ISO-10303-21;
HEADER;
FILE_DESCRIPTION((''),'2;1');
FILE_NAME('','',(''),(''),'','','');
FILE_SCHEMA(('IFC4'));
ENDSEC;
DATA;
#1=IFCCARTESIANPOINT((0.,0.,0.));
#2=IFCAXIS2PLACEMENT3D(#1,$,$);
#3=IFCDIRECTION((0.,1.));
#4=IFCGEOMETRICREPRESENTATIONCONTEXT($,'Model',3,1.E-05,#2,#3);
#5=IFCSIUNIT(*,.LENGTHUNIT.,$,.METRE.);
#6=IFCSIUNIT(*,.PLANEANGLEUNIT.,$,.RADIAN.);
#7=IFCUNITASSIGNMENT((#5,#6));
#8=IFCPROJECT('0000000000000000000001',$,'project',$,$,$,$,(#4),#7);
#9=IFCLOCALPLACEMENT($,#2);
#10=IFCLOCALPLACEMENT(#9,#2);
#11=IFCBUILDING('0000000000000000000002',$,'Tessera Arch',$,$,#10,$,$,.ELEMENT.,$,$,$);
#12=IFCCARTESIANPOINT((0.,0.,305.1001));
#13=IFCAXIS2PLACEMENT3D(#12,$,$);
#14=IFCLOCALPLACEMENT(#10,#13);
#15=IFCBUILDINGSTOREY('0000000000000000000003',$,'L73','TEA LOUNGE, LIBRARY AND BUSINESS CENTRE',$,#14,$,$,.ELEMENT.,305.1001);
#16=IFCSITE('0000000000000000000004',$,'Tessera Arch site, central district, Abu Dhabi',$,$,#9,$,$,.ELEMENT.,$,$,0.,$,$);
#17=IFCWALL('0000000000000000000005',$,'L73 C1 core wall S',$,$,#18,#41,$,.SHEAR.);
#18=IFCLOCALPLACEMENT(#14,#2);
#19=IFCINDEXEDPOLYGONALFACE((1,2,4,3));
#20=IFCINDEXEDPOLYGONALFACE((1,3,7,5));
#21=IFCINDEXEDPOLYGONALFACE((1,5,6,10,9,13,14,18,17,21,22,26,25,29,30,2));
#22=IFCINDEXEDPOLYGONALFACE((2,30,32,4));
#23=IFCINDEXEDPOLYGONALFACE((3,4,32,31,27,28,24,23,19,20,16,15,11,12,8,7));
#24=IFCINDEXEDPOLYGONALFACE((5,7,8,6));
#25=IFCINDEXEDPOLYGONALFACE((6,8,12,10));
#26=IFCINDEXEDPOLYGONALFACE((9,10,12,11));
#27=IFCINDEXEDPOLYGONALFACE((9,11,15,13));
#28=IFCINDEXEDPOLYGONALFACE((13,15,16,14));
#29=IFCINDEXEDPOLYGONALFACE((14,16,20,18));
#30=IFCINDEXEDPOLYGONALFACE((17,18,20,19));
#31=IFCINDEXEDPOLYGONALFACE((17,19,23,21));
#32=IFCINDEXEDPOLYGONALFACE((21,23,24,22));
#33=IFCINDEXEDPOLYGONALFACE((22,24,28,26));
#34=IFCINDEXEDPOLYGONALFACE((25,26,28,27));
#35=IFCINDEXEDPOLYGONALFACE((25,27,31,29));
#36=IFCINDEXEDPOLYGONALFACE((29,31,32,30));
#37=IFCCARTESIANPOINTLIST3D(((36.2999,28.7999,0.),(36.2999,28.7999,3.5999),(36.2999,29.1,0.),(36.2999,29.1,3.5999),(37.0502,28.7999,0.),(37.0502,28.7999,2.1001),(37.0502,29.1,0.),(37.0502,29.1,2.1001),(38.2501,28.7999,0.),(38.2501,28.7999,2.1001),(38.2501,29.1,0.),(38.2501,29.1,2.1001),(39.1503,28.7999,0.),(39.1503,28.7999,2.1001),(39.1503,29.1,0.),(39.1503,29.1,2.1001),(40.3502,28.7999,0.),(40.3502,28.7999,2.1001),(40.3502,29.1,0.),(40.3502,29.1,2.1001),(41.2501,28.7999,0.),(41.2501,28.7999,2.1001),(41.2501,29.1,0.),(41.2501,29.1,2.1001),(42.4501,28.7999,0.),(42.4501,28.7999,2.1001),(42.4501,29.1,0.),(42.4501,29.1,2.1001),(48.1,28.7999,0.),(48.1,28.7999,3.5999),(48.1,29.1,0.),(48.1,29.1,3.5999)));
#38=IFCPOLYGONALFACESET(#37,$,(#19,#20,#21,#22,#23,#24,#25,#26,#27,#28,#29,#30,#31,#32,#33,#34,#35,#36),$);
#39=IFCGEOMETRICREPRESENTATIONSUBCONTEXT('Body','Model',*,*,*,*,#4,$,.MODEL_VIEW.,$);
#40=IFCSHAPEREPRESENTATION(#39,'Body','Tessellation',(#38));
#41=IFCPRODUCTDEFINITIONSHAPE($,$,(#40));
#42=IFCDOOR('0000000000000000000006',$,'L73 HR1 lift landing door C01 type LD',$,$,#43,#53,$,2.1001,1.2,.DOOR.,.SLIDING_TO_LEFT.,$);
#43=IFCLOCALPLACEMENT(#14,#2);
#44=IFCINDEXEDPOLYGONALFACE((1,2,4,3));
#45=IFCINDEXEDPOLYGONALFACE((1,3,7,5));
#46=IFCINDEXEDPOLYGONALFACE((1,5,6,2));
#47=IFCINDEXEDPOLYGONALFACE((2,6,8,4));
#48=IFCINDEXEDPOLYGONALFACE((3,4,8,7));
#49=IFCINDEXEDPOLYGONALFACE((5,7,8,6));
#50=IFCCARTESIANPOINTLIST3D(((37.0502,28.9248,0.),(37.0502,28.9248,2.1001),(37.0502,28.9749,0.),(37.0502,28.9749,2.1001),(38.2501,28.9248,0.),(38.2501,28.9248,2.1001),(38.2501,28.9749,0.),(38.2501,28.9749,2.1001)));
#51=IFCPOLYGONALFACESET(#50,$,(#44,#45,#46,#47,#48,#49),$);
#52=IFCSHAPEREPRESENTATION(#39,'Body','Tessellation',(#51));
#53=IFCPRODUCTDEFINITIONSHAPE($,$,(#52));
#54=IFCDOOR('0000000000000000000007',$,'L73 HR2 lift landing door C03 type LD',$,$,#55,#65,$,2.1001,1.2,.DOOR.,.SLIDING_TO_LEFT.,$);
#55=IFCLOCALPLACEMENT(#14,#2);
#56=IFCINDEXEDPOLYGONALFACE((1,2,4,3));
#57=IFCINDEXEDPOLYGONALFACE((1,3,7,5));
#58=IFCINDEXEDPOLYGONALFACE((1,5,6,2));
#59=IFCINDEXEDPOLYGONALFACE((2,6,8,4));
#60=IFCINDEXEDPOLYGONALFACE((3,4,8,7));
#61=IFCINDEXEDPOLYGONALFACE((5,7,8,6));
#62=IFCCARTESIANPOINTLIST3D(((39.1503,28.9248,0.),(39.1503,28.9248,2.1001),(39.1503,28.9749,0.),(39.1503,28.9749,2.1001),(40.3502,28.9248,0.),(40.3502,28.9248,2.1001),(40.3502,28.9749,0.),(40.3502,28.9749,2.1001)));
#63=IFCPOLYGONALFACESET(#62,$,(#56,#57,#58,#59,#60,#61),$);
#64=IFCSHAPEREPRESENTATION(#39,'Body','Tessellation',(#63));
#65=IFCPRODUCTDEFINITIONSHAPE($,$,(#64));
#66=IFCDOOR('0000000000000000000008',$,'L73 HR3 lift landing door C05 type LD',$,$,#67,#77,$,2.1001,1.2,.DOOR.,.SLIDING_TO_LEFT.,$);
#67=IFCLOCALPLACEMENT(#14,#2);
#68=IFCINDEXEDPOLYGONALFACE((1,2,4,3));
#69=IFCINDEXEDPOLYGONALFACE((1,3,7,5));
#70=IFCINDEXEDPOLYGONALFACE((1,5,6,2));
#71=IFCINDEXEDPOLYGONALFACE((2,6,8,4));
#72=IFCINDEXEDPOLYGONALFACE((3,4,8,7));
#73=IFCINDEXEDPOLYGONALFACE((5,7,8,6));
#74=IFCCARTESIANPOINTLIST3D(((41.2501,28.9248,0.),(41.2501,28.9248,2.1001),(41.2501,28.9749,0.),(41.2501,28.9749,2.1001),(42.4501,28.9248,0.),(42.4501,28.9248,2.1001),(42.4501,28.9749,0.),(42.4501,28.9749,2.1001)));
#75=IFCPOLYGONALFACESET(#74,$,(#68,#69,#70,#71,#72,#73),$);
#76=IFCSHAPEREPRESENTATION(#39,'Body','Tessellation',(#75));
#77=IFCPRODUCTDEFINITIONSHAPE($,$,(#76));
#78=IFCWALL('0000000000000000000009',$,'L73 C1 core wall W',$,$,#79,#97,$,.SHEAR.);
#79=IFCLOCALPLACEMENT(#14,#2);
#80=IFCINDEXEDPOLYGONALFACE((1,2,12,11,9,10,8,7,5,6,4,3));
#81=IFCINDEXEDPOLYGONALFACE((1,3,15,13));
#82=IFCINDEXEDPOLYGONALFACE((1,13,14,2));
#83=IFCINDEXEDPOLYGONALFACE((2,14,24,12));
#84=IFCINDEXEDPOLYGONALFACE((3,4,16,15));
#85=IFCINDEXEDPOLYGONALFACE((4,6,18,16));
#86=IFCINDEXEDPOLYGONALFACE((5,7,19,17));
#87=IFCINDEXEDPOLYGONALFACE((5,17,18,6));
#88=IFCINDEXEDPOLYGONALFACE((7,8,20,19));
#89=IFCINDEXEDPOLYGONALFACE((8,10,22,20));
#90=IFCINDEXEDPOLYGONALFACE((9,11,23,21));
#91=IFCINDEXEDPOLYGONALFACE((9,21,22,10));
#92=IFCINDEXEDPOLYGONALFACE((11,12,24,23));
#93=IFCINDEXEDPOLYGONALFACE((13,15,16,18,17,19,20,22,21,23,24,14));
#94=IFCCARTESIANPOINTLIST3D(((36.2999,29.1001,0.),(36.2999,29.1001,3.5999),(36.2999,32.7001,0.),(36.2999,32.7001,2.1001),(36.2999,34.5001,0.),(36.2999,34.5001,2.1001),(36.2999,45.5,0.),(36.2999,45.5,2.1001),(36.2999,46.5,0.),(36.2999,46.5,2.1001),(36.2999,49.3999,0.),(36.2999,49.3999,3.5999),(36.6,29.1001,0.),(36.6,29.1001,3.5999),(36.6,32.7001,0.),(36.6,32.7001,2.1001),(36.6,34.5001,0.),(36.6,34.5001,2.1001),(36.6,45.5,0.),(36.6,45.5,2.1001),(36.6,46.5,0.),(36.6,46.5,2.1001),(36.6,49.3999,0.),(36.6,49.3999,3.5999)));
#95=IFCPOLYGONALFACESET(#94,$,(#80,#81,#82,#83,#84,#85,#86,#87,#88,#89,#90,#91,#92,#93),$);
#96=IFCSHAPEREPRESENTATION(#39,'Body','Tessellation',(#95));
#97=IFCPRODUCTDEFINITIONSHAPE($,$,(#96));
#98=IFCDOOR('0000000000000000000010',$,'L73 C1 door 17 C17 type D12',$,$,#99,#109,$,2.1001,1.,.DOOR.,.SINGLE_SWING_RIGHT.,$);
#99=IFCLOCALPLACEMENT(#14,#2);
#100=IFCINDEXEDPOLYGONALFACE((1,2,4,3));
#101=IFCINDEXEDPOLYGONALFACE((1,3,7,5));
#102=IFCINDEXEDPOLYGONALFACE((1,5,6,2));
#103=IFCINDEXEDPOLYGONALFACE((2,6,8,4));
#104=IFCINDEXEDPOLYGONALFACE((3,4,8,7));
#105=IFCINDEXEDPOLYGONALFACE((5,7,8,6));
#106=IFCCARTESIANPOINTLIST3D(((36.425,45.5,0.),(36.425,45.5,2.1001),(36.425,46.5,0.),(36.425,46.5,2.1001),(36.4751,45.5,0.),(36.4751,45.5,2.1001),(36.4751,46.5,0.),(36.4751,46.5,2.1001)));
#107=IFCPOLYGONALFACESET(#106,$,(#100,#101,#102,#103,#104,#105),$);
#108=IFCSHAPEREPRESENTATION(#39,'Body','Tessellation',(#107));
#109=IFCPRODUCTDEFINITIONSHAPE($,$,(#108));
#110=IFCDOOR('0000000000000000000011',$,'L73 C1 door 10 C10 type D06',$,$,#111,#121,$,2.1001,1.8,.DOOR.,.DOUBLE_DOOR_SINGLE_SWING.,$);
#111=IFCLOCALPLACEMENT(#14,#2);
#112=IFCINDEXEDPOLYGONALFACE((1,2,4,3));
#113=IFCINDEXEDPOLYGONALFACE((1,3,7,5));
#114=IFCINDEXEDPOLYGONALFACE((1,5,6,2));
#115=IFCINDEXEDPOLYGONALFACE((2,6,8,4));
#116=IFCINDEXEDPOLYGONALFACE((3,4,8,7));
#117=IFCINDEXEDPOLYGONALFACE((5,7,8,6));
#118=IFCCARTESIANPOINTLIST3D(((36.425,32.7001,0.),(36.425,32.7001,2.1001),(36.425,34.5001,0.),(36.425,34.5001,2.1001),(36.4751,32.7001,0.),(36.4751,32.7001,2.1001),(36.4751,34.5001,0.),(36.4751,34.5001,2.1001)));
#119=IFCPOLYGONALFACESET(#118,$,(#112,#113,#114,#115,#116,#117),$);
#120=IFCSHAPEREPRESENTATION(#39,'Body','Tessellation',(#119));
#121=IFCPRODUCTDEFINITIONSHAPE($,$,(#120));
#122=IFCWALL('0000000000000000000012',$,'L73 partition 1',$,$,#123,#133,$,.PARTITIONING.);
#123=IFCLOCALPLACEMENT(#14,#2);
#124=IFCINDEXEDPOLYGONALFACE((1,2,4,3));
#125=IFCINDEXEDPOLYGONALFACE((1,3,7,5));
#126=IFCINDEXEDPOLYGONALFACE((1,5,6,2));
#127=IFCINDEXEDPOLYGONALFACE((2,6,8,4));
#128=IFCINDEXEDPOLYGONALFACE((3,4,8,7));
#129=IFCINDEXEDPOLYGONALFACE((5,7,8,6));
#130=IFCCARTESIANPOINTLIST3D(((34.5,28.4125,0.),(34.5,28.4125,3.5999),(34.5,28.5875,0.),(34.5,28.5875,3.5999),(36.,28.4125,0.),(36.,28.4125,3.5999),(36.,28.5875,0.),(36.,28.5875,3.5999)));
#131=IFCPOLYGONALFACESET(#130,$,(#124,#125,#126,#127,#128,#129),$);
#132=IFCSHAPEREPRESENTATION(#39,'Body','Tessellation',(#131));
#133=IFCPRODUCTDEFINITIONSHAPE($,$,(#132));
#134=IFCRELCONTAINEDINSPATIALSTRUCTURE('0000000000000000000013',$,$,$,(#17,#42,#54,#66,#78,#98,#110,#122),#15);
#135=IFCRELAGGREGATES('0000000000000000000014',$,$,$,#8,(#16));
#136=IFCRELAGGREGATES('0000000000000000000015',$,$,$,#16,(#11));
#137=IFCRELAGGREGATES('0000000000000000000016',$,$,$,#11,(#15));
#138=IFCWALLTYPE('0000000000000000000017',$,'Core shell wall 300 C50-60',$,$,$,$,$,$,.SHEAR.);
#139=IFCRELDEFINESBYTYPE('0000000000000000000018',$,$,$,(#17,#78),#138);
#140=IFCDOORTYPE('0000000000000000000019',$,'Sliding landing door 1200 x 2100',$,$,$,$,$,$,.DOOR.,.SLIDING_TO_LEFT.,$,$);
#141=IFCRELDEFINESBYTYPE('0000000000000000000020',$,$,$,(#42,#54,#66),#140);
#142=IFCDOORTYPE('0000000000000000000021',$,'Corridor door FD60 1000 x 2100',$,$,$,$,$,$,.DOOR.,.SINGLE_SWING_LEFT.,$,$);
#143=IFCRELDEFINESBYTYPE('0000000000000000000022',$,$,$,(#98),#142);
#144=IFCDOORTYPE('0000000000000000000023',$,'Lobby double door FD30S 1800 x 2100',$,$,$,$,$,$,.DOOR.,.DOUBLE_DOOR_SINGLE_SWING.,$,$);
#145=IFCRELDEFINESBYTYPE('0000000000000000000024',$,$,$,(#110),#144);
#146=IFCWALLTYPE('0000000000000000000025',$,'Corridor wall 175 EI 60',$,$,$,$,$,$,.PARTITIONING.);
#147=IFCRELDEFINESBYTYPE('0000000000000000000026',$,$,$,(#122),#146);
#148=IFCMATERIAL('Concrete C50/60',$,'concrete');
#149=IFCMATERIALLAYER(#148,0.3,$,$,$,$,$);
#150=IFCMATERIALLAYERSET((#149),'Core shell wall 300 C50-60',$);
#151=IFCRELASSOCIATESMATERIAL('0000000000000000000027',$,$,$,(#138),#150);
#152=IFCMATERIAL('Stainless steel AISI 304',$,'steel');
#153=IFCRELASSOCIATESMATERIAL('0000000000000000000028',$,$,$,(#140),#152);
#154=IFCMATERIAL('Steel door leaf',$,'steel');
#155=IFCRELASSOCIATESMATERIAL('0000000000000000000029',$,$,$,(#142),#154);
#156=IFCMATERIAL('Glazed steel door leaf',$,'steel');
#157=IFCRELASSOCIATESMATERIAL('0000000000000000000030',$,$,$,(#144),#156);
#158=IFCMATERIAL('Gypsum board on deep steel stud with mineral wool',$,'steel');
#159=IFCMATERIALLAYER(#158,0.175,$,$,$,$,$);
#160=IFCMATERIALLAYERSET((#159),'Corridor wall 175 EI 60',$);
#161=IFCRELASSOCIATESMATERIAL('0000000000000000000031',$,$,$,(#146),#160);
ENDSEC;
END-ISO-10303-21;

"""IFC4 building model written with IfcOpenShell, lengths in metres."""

from ifc_helpers import new_model, si_unit, direction, frame, frame_2d, origin, place, context, subcontext, project, spatial, rectangle, extrude, material, layer, layer_set, type_object, element, fill, save


model = new_model("IFC4")

# Units and contexts
model_context = context("Model", 3, precision=1e-05, world=origin(), true_north=direction((0.0, 1.0)))
body_context = subcontext(model_context, "Body", "Model", "MODEL_VIEW")
ifc_project = project(units=[si_unit("LENGTHUNIT", "METRE"), si_unit("PLANEANGLEUNIT", "RADIAN")], contexts=[model_context])

# Site, building, storey
site_placement = place(None, origin())
site = spatial("IfcSite", under=ifc_project, at=site_placement, Name="Tessera Arch site, central district, Abu Dhabi", CompositionType="ELEMENT", RefElevation=0.0)
building_placement = place(site_placement, origin())
building = spatial("IfcBuilding", under=site, at=building_placement, Name="Tessera Arch", CompositionType="ELEMENT")
storey_placement = place(building_placement, frame((0.0, 0.0, 305.1001)))
storey = spatial("IfcBuildingStorey", under=building, at=storey_placement, Name="L73", Description="TEA LOUNGE, LIBRARY AND BUSINESS CENTRE", CompositionType="ELEMENT", Elevation=305.1001)

# Walls, openings, doors
ifc_material_1 = material(Name="Concrete C50/60", Category="concrete")
ifc_layer_1 = layer(ifc_material_1, 0.3)
ifc_layer_set_1 = layer_set([ifc_layer_1], Name="Core shell wall 300 C50-60")
wall_type_1 = type_object("IfcWallType", Name="Core shell wall 300 C50-60", PredefinedType="SHEAR", material=ifc_layer_set_1)
wall_1_placement = place(storey_placement, frame((36.3, 28.95, 0.0), z_axis=(0.0, 0.0, 1.0), x_axis=(1.0, 0.0, 0.0)))
wall_1 = element("IfcWall", 1, at=wall_1_placement, inside=storey, type_object=wall_type_1, Name="L73 C1 core wall S", PredefinedType="SHEAR", context=body_context, shape_type="SweptSolid", body=[
    extrude(rectangle(XDim=11.8, YDim=0.3, at=frame_2d((5.8999, 0.0))), origin(), (0.0, 0.0, 1.0), 3.5999),
])
opening_1_placement = place(wall_1_placement, frame((0.75, 0.0, 0.0)))
opening_1 = element("IfcOpeningElement", 2, at=opening_1_placement, cuts=wall_1, PredefinedType="OPENING", context=body_context, shape_type="SweptSolid", body=[
    extrude(rectangle(XDim=1.2, YDim=2.1001, at=frame_2d((0.6001, 1.05))), frame((0.0, 0.1599, 0.0), z_axis=(0.0, -1.0, 0.0), x_axis=(1.0, 0.0, 0.0)), (0.0, 0.0, 1.0), 0.3201),
])
opening_2_placement = place(wall_1_placement, frame((2.8501, 0.0, 0.0)))
opening_2 = element("IfcOpeningElement", 3, at=opening_2_placement, cuts=wall_1, PredefinedType="OPENING", context=body_context, shape_type="SweptSolid", body=[
    extrude(rectangle(XDim=1.2, YDim=2.1001, at=frame_2d((0.6001, 1.05))), frame((0.0, 0.1599, 0.0), z_axis=(0.0, -1.0, 0.0), x_axis=(1.0, 0.0, 0.0)), (0.0, 0.0, 1.0), 0.3201),
])
opening_3_placement = place(wall_1_placement, frame((4.95, 0.0, 0.0)))
opening_3 = element("IfcOpeningElement", 4, at=opening_3_placement, cuts=wall_1, PredefinedType="OPENING", context=body_context, shape_type="SweptSolid", body=[
    extrude(rectangle(XDim=1.2, YDim=2.1001, at=frame_2d((0.6001, 1.05))), frame((0.0, 0.1599, 0.0), z_axis=(0.0, -1.0, 0.0), x_axis=(1.0, 0.0, 0.0)), (0.0, 0.0, 1.0), 0.3201),
])
ifc_material_2 = material(Name="Stainless steel AISI 304", Category="steel")
door_type_1 = type_object("IfcDoorType", Name="Sliding landing door 1200 x 2100", OperationType="SLIDING_TO_LEFT", PredefinedType="DOOR", material=ifc_material_2)
door_1_placement = place(opening_1_placement, origin())
door_1 = element("IfcDoor", 5, at=door_1_placement, inside=storey, type_object=door_type_1, Name="L73 HR1 lift landing door C01 type LD", OperationType="SLIDING_TO_LEFT", OverallHeight=2.1001, OverallWidth=1.2, PredefinedType="DOOR", context=body_context, shape_type="SweptSolid", body=[
    extrude(rectangle(XDim=1.2, YDim=2.1001, at=frame_2d((0.6001, 1.05))), frame((0.0, 0.0249, 0.0), z_axis=(0.0, -1.0, 0.0), x_axis=(1.0, 0.0, 0.0)), (0.0, 0.0, 1.0), 0.05),
])
fill(opening_1, door_1)
door_2_placement = place(opening_2_placement, origin())
door_2 = element("IfcDoor", 6, at=door_2_placement, inside=storey, type_object=door_type_1, Name="L73 HR2 lift landing door C03 type LD", OperationType="SLIDING_TO_LEFT", OverallHeight=2.1001, OverallWidth=1.2, PredefinedType="DOOR", context=body_context, shape_type="SweptSolid", body=[
    extrude(rectangle(XDim=1.2, YDim=2.1001, at=frame_2d((0.6001, 1.05))), frame((0.0, 0.0249, 0.0), z_axis=(0.0, -1.0, 0.0), x_axis=(1.0, 0.0, 0.0)), (0.0, 0.0, 1.0), 0.05),
])
fill(opening_2, door_2)
door_3_placement = place(opening_3_placement, origin())
door_3 = element("IfcDoor", 7, at=door_3_placement, inside=storey, type_object=door_type_1, Name="L73 HR3 lift landing door C05 type LD", OperationType="SLIDING_TO_LEFT", OverallHeight=2.1001, OverallWidth=1.2, PredefinedType="DOOR", context=body_context, shape_type="SweptSolid", body=[
    extrude(rectangle(XDim=1.2, YDim=2.1001, at=frame_2d((0.6001, 1.05))), frame((0.0, 0.0249, 0.0), z_axis=(0.0, -1.0, 0.0), x_axis=(1.0, 0.0, 0.0)), (0.0, 0.0, 1.0), 0.05),
])
fill(opening_3, door_3)
wall_2_placement = place(storey_placement, frame((36.45, 29.1001, 0.0), z_axis=(0.0, 0.0, 1.0), x_axis=(0.0, 1.0, 0.0)))
wall_2 = element("IfcWall", 8, at=wall_2_placement, inside=storey, type_object=wall_type_1, Name="L73 C1 core wall W", PredefinedType="SHEAR", context=body_context, shape_type="SweptSolid", body=[
    extrude(rectangle(XDim=20.2998, YDim=0.3, at=frame_2d((10.1499, 0.0))), origin(), (0.0, 0.0, 1.0), 3.5999),
])
opening_4_placement = place(wall_2_placement, frame((3.6001, 0.0, 0.0)))
opening_4 = element("IfcOpeningElement", 9, at=opening_4_placement, cuts=wall_2, PredefinedType="OPENING", context=body_context, shape_type="SweptSolid", body=[
    extrude(rectangle(XDim=1.8, YDim=2.1001, at=frame_2d((0.8999, 1.05))), frame((0.0, 0.1599, 0.0), z_axis=(0.0, -1.0, 0.0), x_axis=(1.0, 0.0, 0.0)), (0.0, 0.0, 1.0), 0.3201),
])
opening_5_placement = place(wall_2_placement, frame((16.3999, 0.0, 0.0)))
opening_5 = element("IfcOpeningElement", 10, at=opening_5_placement, cuts=wall_2, PredefinedType="OPENING", context=body_context, shape_type="SweptSolid", body=[
    extrude(rectangle(XDim=1.0, YDim=2.1001, at=frame_2d((0.5, 1.05))), frame((0.0, 0.1599, 0.0), z_axis=(0.0, -1.0, 0.0), x_axis=(1.0, 0.0, 0.0)), (0.0, 0.0, 1.0), 0.3201),
])
ifc_material_3 = material(Name="Steel door leaf", Category="steel")
door_type_2 = type_object("IfcDoorType", Name="Corridor door FD60 1000 x 2100", OperationType="SINGLE_SWING_LEFT", PredefinedType="DOOR", material=ifc_material_3)
door_4_placement = place(opening_5_placement, origin())
door_4 = element("IfcDoor", 11, at=door_4_placement, inside=storey, type_object=door_type_2, Name="L73 C1 door 17 C17 type D12", OperationType="SINGLE_SWING_RIGHT", OverallHeight=2.1001, OverallWidth=1.0, PredefinedType="DOOR", context=body_context, shape_type="SweptSolid", body=[
    extrude(rectangle(XDim=1.0, YDim=2.1001, at=frame_2d((0.5, 1.05))), frame((0.0, 0.0249, 0.0), z_axis=(0.0, -1.0, 0.0), x_axis=(1.0, 0.0, 0.0)), (0.0, 0.0, 1.0), 0.05),
])
fill(opening_5, door_4)
ifc_material_4 = material(Name="Glazed steel door leaf", Category="steel")
door_type_3 = type_object("IfcDoorType", Name="Lobby double door FD30S 1800 x 2100", OperationType="DOUBLE_DOOR_SINGLE_SWING", PredefinedType="DOOR", material=ifc_material_4)
door_5_placement = place(opening_4_placement, origin())
door_5 = element("IfcDoor", 12, at=door_5_placement, inside=storey, type_object=door_type_3, Name="L73 C1 door 10 C10 type D06", OperationType="DOUBLE_DOOR_SINGLE_SWING", OverallHeight=2.1001, OverallWidth=1.8, PredefinedType="DOOR", context=body_context, shape_type="SweptSolid", body=[
    extrude(rectangle(XDim=1.8, YDim=2.1001, at=frame_2d((0.8999, 1.05))), frame((0.0, 0.0249, 0.0), z_axis=(0.0, -1.0, 0.0), x_axis=(1.0, 0.0, 0.0)), (0.0, 0.0, 1.0), 0.05),
])
fill(opening_4, door_5)

# Wall
ifc_material_5 = material(Name="Gypsum board on deep steel stud with mineral wool", Category="steel")
ifc_layer_2 = layer(ifc_material_5, 0.175)
ifc_layer_set_2 = layer_set([ifc_layer_2], Name="Corridor wall 175 EI 60")
wall_type_2 = type_object("IfcWallType", Name="Corridor wall 175 EI 60", PredefinedType="PARTITIONING", material=ifc_layer_set_2)
wall_3_placement = place(storey_placement, frame((34.5, 28.5, 0.0), z_axis=(0.0, 0.0, 1.0), x_axis=(1.0, 0.0, 0.0)))
element("IfcWall", 13, at=wall_3_placement, inside=storey, type_object=wall_type_2, Name="L73 partition 1", PredefinedType="PARTITIONING", context=body_context, shape_type="SweptSolid", body=[
    extrude(rectangle(XDim=1.5, YDim=0.175, at=frame_2d((0.75, 0.0))), origin(), (0.0, 0.0, 1.0), 3.5999),
])

save(model, "model.ifc")
